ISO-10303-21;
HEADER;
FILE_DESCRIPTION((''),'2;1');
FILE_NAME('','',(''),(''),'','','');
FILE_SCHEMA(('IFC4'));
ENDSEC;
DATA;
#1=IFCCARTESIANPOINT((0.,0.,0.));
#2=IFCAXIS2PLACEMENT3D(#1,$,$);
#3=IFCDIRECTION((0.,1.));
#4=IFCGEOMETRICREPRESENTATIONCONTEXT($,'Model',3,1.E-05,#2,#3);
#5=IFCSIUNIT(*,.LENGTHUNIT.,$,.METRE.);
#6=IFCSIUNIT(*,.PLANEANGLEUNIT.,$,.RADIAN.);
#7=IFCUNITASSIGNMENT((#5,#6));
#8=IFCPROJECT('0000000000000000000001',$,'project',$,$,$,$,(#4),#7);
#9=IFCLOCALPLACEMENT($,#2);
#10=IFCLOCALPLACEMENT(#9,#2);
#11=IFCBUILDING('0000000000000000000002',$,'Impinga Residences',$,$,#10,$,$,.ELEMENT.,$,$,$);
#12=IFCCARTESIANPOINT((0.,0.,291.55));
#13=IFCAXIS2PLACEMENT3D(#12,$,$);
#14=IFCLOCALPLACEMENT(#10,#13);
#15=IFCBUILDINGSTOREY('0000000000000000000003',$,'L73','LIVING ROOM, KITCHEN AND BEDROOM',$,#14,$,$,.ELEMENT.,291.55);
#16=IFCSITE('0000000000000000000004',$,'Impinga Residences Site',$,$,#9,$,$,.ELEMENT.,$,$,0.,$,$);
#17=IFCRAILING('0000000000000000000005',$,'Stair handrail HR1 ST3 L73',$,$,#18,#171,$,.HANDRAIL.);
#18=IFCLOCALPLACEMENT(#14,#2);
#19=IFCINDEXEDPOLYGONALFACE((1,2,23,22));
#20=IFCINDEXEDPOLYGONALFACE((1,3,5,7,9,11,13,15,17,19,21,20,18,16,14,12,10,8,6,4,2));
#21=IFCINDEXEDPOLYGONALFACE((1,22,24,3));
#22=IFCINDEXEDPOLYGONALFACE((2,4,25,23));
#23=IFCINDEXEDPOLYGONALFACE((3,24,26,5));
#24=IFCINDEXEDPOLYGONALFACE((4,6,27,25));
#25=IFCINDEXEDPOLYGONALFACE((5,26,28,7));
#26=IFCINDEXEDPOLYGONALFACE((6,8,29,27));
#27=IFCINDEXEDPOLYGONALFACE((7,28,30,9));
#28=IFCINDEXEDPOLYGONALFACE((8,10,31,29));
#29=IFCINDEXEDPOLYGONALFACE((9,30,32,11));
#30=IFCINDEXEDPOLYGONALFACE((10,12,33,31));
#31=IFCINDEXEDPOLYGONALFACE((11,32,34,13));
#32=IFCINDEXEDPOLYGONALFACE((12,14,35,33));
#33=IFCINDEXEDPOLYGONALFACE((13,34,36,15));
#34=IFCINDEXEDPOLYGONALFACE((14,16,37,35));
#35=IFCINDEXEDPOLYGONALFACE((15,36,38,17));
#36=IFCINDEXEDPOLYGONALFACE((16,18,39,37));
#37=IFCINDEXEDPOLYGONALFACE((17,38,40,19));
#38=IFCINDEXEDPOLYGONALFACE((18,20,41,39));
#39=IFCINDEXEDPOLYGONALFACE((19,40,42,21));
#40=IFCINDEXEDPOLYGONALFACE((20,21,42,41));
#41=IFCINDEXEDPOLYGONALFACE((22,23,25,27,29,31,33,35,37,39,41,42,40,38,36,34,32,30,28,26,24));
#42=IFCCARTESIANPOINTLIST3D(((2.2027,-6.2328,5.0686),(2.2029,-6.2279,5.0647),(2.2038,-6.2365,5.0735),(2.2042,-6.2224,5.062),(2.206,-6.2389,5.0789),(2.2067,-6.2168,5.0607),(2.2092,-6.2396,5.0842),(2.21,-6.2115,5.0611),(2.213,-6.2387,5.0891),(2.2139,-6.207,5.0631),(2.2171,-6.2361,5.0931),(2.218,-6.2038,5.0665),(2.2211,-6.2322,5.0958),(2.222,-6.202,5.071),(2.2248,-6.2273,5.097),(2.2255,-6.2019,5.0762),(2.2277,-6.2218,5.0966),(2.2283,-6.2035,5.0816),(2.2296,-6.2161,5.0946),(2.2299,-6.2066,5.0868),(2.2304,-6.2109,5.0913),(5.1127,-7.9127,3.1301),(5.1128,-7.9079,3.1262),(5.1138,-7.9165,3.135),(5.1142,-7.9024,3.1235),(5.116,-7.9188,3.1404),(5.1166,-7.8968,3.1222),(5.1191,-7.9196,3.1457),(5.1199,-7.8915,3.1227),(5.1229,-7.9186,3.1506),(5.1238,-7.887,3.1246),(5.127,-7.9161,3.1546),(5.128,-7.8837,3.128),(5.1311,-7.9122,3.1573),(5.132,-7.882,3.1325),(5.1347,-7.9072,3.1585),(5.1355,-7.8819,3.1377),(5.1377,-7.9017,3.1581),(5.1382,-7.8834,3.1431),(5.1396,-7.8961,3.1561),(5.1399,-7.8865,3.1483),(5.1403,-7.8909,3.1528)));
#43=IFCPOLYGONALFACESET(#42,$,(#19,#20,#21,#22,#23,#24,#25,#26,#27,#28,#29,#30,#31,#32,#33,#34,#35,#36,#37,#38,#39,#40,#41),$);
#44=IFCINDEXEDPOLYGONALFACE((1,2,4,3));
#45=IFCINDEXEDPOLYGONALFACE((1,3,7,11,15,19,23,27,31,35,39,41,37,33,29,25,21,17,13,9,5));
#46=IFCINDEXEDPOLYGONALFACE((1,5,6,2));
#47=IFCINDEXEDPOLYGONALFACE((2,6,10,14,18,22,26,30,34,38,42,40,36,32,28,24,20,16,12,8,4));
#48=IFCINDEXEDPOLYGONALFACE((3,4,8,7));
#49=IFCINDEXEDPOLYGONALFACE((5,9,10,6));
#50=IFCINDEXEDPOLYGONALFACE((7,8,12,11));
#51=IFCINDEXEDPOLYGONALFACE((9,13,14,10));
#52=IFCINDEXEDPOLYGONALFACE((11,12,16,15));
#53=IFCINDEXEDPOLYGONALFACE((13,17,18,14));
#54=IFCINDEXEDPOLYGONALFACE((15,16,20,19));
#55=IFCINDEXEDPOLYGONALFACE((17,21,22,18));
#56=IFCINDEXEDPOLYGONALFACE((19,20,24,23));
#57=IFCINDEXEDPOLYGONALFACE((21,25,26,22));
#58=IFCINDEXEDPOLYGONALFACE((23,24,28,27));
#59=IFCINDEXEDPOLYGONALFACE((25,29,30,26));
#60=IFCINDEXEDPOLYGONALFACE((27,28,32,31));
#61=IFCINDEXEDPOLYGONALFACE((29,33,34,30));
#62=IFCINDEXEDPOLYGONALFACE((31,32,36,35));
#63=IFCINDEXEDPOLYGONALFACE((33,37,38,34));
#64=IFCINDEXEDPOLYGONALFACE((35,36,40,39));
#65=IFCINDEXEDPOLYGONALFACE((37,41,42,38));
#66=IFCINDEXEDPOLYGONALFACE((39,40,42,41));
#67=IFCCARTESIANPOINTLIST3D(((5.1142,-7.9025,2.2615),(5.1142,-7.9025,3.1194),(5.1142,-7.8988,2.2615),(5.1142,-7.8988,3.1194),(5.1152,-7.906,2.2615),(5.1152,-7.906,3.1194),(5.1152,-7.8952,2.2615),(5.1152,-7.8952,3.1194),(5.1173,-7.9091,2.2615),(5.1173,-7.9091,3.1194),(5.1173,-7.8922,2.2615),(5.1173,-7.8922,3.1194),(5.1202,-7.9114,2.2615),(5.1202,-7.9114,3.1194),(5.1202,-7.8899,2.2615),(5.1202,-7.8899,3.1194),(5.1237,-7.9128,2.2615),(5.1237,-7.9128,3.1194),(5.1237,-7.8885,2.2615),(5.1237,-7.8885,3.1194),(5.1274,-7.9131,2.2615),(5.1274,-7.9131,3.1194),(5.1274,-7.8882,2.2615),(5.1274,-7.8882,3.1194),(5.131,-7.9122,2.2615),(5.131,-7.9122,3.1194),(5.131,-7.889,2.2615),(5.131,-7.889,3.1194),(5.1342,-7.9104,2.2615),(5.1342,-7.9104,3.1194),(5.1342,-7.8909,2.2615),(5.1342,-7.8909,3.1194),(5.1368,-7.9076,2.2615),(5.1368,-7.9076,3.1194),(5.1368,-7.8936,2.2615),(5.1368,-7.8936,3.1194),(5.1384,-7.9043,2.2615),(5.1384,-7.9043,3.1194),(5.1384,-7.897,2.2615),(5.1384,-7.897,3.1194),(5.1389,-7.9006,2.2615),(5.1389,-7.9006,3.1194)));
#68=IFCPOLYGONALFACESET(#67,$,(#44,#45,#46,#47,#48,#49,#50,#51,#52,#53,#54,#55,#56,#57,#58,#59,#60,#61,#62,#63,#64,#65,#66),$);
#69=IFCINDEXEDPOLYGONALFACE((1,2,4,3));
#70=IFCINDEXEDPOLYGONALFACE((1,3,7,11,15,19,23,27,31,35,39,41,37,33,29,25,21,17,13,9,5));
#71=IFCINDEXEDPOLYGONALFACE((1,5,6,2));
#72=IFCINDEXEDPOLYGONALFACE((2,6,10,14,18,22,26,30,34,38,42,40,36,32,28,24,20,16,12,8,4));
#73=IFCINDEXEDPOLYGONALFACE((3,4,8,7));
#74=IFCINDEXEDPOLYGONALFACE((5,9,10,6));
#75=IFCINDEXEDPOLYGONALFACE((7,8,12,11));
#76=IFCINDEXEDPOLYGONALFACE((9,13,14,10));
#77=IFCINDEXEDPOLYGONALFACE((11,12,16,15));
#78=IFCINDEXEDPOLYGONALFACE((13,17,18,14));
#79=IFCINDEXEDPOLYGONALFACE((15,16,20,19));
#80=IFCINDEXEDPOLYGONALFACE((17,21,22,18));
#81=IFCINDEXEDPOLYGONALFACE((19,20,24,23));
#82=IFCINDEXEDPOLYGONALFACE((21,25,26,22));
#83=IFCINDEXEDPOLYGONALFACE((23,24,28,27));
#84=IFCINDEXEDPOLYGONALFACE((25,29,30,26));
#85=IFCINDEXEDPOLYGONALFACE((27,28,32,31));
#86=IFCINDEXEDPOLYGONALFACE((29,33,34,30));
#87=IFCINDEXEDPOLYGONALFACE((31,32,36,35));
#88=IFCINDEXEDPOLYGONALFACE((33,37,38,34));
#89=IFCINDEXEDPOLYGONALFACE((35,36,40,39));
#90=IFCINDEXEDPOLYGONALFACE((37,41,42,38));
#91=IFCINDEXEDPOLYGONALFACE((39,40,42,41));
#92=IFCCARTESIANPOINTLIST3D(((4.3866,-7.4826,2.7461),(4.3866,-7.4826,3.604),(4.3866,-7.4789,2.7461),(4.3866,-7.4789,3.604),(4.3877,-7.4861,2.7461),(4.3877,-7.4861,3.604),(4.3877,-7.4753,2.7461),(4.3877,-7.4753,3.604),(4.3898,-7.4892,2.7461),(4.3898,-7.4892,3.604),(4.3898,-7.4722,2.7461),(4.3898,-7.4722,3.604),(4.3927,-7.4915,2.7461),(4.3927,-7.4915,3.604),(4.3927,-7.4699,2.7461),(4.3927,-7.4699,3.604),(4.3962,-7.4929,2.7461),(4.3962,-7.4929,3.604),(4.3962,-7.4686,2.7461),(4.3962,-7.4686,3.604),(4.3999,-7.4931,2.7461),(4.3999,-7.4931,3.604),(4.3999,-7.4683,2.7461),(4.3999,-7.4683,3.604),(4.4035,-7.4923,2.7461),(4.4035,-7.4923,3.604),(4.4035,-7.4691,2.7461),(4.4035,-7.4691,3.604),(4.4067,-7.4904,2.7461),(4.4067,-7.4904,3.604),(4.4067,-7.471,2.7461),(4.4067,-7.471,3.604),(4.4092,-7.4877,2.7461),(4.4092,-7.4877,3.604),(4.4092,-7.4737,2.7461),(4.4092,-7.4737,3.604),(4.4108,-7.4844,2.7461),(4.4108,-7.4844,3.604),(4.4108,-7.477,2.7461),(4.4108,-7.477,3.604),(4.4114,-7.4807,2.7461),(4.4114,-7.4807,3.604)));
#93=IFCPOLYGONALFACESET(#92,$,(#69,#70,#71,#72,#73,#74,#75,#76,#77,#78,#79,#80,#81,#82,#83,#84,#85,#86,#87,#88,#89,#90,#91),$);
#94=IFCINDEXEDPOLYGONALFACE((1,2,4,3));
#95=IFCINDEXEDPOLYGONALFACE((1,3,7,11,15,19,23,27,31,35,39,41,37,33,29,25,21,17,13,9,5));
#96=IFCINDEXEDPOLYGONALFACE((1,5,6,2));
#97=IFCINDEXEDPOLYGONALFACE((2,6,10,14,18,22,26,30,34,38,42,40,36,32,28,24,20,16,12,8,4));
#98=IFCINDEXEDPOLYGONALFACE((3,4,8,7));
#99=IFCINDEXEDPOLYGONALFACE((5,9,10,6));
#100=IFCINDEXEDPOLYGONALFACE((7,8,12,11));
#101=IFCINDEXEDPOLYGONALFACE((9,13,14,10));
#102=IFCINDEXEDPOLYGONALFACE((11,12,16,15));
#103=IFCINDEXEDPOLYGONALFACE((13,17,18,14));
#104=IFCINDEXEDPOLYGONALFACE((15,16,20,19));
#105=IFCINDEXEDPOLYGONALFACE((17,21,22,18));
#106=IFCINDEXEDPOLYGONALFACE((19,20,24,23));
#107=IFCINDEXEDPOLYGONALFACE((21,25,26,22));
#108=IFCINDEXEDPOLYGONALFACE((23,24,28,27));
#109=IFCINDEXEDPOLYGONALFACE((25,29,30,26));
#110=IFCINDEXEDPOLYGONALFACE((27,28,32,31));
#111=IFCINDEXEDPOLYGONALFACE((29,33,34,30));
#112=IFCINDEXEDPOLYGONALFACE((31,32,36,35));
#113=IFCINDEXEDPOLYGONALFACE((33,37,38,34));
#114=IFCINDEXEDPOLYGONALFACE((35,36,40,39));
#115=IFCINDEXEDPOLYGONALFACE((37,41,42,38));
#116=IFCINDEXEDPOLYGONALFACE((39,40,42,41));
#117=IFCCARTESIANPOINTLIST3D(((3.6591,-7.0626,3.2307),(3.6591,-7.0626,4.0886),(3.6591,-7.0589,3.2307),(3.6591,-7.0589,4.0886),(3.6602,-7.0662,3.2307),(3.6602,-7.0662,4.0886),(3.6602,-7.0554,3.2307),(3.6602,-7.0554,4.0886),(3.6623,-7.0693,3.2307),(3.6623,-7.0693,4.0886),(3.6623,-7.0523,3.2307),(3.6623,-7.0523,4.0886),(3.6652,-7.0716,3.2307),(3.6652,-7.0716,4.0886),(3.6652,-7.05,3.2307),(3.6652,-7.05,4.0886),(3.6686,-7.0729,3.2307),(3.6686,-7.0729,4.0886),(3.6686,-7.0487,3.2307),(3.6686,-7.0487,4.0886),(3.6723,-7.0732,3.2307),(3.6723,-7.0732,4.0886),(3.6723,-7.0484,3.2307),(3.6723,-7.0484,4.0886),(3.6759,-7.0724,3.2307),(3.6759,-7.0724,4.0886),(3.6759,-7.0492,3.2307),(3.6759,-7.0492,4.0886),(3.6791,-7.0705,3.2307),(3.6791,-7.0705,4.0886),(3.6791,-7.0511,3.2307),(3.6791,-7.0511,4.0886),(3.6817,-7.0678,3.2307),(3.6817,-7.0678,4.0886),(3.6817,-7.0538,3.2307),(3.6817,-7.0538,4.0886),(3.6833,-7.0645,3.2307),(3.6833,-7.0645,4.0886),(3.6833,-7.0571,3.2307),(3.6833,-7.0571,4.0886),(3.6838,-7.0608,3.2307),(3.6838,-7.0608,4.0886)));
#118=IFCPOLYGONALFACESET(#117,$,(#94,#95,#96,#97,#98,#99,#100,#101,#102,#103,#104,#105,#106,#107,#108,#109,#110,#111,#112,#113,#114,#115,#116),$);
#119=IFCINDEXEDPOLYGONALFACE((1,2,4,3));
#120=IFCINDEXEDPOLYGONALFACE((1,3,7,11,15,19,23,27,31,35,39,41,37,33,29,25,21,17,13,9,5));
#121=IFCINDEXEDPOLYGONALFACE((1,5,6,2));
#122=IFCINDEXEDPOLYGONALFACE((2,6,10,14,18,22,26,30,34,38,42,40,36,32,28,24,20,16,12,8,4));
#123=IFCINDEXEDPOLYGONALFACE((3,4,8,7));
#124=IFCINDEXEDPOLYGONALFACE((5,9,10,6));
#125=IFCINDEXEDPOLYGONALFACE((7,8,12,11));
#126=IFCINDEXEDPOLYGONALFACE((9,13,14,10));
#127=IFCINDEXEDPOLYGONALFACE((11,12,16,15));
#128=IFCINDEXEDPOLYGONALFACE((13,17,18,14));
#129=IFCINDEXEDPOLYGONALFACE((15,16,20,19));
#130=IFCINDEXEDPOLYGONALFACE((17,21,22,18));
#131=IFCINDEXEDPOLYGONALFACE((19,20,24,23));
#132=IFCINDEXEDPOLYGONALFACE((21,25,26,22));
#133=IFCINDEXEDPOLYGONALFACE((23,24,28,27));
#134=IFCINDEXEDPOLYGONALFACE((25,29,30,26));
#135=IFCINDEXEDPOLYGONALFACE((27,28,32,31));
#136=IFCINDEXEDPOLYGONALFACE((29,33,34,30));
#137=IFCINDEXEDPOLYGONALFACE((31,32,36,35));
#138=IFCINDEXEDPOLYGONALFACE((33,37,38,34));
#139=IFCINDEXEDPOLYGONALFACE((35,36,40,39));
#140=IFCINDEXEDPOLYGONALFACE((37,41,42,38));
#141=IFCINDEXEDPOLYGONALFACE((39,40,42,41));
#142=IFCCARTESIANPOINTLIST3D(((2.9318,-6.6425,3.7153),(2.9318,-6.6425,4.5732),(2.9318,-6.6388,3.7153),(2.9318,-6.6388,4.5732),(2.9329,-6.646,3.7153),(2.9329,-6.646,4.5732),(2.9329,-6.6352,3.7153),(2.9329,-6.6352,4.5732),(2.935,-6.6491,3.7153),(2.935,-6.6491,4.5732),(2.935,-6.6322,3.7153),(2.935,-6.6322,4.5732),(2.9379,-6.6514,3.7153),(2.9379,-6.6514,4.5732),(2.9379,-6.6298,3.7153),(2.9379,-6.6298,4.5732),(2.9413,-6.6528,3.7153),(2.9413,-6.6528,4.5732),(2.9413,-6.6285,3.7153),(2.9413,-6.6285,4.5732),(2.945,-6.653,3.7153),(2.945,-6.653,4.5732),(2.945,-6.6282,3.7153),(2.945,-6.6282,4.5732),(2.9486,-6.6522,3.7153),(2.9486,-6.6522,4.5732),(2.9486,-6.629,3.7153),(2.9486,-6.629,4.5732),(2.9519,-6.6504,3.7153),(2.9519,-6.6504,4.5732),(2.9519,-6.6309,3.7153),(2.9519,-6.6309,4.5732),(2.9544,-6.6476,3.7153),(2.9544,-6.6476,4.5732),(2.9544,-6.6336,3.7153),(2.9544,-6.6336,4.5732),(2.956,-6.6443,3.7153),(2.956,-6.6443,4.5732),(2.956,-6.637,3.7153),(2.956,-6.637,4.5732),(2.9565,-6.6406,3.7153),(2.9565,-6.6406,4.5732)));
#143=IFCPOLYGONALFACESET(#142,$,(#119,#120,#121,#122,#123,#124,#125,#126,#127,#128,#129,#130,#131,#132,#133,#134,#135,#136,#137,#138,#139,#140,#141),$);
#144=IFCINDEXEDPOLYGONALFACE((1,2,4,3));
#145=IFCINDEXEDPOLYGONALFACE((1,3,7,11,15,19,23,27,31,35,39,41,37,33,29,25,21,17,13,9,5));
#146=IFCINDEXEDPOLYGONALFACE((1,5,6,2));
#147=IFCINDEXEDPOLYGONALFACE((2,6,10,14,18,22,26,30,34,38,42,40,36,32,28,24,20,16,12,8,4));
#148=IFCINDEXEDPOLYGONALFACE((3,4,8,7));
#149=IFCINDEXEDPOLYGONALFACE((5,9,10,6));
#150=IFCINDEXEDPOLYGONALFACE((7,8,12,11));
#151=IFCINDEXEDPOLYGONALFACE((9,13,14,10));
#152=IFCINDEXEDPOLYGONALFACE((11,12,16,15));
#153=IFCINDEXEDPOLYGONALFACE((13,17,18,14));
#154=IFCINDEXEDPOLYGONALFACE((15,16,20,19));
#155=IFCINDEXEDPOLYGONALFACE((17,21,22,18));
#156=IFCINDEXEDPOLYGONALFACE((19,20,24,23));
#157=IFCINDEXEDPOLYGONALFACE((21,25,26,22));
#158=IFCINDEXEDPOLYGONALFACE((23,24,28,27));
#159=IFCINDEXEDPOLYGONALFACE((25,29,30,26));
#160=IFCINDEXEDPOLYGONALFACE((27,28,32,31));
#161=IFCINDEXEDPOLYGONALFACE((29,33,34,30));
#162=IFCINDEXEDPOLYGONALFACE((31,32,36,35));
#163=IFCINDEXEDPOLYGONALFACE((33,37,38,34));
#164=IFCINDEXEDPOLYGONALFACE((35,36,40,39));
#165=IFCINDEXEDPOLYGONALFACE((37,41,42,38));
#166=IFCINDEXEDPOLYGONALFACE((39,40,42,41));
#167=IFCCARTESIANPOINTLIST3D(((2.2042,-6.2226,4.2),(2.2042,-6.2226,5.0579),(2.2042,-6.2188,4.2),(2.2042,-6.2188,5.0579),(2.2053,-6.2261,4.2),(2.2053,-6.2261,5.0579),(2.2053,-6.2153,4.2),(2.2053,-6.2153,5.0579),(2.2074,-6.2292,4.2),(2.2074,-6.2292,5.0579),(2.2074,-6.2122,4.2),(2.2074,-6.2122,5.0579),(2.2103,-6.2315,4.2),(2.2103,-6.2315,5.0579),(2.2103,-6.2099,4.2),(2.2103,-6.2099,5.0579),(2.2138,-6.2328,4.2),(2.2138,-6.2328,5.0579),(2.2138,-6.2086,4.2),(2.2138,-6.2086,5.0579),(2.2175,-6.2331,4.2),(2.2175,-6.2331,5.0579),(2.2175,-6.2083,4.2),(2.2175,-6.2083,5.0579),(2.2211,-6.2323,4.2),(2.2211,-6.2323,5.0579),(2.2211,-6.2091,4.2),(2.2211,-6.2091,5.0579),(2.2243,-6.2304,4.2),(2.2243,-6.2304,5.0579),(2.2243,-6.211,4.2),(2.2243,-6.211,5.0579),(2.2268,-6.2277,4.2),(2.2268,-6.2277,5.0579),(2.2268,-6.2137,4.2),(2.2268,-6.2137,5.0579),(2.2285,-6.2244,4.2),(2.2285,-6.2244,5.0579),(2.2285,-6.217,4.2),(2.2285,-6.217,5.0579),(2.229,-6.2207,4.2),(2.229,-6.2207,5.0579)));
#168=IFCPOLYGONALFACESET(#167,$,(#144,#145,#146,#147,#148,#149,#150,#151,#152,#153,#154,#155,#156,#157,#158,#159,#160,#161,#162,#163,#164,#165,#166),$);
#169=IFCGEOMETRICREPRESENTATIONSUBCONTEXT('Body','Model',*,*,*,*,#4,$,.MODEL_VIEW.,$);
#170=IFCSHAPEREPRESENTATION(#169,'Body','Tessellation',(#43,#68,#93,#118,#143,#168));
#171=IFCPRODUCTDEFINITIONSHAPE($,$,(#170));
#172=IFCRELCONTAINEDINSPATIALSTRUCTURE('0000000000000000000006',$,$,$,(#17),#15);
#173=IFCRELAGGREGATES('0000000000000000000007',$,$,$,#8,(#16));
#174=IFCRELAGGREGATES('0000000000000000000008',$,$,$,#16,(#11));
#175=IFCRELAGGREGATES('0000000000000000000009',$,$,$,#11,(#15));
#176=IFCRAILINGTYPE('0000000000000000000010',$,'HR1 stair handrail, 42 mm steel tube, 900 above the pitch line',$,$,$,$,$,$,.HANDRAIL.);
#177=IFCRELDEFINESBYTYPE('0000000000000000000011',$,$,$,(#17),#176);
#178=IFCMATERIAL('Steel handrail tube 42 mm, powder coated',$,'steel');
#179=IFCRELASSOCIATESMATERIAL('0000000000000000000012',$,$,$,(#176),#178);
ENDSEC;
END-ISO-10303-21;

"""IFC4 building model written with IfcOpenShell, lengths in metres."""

from ifc_helpers import new_model, si_unit, direction, frame, origin, origin_2d, place, context, subcontext, project, spatial, circle, extrude, material, type_object, element, save


model = new_model("IFC4")

# Units and contexts
model_context = context("Model", 3, precision=1e-05, world=origin(), true_north=direction((0.0, 1.0)))
body_context = subcontext(model_context, "Body", "Model", "MODEL_VIEW")
ifc_project = project(units=[si_unit("LENGTHUNIT", "METRE"), si_unit("PLANEANGLEUNIT", "RADIAN")], contexts=[model_context])

# Site, building, storey
site_placement = place(None, origin())
site = spatial("IfcSite", under=ifc_project, at=site_placement, Name="Impinga Residences Site", CompositionType="ELEMENT", RefElevation=0.0)
building_placement = place(site_placement, origin())
building = spatial("IfcBuilding", under=site, at=building_placement, Name="Impinga Residences", CompositionType="ELEMENT")
storey_placement = place(building_placement, frame((0.0, 0.0, 291.55)))
storey = spatial("IfcBuildingStorey", under=building, at=storey_placement, Name="L73", Description="LIVING ROOM, KITCHEN AND BEDROOM", CompositionType="ELEMENT", Elevation=291.55)

# Railing
ifc_material_1 = material(Name="Steel handrail tube 42 mm, powder coated", Category="steel")
railing_type_1 = type_object("IfcRailingType", Name="HR1 stair handrail, 42 mm steel tube, 900 above the pitch line", PredefinedType="HANDRAIL", material=ifc_material_1)
railing_1_placement = place(storey_placement, frame((5.1265, -7.9006, 2.2615)))
element("IfcRailing", 1, at=railing_1_placement, inside=storey, type_object=railing_type_1, Name="Stair handrail HR1 ST3 L73", PredefinedType="HANDRAIL", context=body_context, shape_type="SweptSolid", body=[
    extrude(circle(Radius=0.021, at=origin_2d()), frame((0.0, 0.0, 0.8789), z_axis=(-0.750151, 0.433072, 0.499723), x_axis=(-0.499976, -0.866039, 0.0)), (0.0, 0.0, 1.0), 3.8792),
    extrude(circle(Radius=0.0125, at=origin_2d()), origin(), (0.0, 0.0, 1.0), 0.8579),
    extrude(circle(Radius=0.0125, at=origin_2d()), frame((-0.7275, 0.4199, 0.4846)), (0.0, 0.0, 1.0), 0.8579),
    extrude(circle(Radius=0.0125, at=origin_2d()), frame((-1.4551, 0.8398, 0.9692)), (0.0, 0.0, 1.0), 0.8579),
    extrude(circle(Radius=0.0125, at=origin_2d()), frame((-2.1824, 1.26, 1.4539)), (0.0, 0.0, 1.0), 0.8579),
    extrude(circle(Radius=0.0125, at=origin_2d()), frame((-2.9099, 1.6799, 1.9385)), (0.0, 0.0, 1.0), 0.8579),
])

save(model, "model.ifc")
